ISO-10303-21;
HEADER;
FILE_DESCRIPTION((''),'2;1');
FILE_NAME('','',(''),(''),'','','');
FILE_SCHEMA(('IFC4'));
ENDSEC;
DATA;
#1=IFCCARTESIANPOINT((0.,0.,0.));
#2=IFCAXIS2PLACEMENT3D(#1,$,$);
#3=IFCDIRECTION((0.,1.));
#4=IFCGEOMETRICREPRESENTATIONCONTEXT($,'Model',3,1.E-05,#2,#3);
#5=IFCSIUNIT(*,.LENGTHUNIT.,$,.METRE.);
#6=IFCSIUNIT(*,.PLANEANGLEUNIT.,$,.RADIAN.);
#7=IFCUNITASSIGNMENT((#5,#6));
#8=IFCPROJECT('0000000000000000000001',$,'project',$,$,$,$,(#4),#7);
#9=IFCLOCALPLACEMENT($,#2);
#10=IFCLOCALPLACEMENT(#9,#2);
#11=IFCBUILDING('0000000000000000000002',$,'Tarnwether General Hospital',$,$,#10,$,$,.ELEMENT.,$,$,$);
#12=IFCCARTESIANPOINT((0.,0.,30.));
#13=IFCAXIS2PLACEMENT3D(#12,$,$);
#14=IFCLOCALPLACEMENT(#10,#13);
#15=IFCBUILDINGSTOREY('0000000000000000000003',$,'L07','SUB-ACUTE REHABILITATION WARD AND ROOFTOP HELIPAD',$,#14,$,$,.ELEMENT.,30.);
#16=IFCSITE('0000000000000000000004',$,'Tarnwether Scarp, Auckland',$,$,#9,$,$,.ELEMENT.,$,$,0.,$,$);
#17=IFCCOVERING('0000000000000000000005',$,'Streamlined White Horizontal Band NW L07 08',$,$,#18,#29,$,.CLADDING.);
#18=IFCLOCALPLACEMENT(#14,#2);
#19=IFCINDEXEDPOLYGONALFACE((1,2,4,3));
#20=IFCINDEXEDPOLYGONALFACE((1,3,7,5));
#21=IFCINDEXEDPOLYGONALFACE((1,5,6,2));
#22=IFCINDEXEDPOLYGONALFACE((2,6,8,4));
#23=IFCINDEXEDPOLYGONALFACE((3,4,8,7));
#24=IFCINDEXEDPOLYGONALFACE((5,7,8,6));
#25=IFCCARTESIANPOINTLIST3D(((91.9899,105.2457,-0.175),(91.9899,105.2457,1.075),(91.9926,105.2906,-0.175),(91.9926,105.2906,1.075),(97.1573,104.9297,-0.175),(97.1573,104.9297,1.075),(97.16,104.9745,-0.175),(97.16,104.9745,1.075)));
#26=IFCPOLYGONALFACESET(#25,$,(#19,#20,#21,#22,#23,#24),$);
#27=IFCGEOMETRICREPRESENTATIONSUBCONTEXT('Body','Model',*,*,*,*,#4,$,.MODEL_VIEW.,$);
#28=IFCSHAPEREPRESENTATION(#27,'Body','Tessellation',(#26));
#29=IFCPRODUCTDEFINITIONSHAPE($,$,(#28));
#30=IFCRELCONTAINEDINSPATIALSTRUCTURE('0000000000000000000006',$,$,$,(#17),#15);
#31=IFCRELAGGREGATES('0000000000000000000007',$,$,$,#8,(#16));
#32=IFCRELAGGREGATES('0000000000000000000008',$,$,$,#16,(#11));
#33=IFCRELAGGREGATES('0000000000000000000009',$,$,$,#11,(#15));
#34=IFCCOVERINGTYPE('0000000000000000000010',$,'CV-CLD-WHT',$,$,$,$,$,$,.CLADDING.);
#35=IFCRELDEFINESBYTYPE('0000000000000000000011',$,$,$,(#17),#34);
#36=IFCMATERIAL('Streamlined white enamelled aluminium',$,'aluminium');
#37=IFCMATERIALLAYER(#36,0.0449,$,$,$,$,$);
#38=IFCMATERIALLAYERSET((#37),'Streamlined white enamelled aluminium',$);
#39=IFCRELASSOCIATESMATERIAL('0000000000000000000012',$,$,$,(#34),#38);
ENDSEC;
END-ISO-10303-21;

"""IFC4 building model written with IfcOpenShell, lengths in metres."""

from ifc_helpers import new_model, si_unit, direction, frame, origin, origin_2d, place, context, subcontext, project, spatial, rectangle, extrude, material, layer, layer_set, type_object, element, save


model = new_model("IFC4")

# Units and contexts
model_context = context("Model", 3, precision=1e-05, world=origin(), true_north=direction((0.0, 1.0)))
body_context = subcontext(model_context, "Body", "Model", "MODEL_VIEW")
ifc_project = project(units=[si_unit("LENGTHUNIT", "METRE"), si_unit("PLANEANGLEUNIT", "RADIAN")], contexts=[model_context])

# Site, building, storey
site_placement = place(None, origin())
site = spatial("IfcSite", under=ifc_project, at=site_placement, Name="Tarnwether Scarp, Auckland", CompositionType="ELEMENT", RefElevation=0.0)
building_placement = place(site_placement, origin())
building = spatial("IfcBuilding", under=site, at=building_placement, Name="Tarnwether General Hospital", CompositionType="ELEMENT")
storey_placement = place(building_placement, frame((0.0, 0.0, 30.0)))
storey = spatial("IfcBuildingStorey", under=building, at=storey_placement, Name="L07", Description="SUB-ACUTE REHABILITATION WARD AND ROOFTOP HELIPAD", CompositionType="ELEMENT", Elevation=30.0)

# Covering
ifc_material_1 = material(Name="Streamlined white enamelled aluminium", Category="aluminium")
ifc_layer_1 = layer(ifc_material_1, 0.0449)
ifc_layer_set_1 = layer_set([ifc_layer_1], Name="Streamlined white enamelled aluminium")
covering_type = type_object("IfcCoveringType", Name="CV-CLD-WHT", PredefinedType="CLADDING", material=ifc_layer_set_1)
covering_placement = place(storey_placement, frame((94.575, 105.1101, -0.175), z_axis=(0.0, 0.0, 1.0), x_axis=(-0.998135, 0.061049, 0.0)))
element("IfcCovering", 1, at=covering_placement, inside=storey, type_object=covering_type, Name="Streamlined White Horizontal Band NW L07 08", PredefinedType="CLADDING", context=body_context, shape_type="SweptSolid", body=[
    extrude(rectangle(XDim=5.177, YDim=0.0449, at=origin_2d()), origin(), (0.0, 0.0, 1.0), 1.25),
])

save(model, "model.ifc")
